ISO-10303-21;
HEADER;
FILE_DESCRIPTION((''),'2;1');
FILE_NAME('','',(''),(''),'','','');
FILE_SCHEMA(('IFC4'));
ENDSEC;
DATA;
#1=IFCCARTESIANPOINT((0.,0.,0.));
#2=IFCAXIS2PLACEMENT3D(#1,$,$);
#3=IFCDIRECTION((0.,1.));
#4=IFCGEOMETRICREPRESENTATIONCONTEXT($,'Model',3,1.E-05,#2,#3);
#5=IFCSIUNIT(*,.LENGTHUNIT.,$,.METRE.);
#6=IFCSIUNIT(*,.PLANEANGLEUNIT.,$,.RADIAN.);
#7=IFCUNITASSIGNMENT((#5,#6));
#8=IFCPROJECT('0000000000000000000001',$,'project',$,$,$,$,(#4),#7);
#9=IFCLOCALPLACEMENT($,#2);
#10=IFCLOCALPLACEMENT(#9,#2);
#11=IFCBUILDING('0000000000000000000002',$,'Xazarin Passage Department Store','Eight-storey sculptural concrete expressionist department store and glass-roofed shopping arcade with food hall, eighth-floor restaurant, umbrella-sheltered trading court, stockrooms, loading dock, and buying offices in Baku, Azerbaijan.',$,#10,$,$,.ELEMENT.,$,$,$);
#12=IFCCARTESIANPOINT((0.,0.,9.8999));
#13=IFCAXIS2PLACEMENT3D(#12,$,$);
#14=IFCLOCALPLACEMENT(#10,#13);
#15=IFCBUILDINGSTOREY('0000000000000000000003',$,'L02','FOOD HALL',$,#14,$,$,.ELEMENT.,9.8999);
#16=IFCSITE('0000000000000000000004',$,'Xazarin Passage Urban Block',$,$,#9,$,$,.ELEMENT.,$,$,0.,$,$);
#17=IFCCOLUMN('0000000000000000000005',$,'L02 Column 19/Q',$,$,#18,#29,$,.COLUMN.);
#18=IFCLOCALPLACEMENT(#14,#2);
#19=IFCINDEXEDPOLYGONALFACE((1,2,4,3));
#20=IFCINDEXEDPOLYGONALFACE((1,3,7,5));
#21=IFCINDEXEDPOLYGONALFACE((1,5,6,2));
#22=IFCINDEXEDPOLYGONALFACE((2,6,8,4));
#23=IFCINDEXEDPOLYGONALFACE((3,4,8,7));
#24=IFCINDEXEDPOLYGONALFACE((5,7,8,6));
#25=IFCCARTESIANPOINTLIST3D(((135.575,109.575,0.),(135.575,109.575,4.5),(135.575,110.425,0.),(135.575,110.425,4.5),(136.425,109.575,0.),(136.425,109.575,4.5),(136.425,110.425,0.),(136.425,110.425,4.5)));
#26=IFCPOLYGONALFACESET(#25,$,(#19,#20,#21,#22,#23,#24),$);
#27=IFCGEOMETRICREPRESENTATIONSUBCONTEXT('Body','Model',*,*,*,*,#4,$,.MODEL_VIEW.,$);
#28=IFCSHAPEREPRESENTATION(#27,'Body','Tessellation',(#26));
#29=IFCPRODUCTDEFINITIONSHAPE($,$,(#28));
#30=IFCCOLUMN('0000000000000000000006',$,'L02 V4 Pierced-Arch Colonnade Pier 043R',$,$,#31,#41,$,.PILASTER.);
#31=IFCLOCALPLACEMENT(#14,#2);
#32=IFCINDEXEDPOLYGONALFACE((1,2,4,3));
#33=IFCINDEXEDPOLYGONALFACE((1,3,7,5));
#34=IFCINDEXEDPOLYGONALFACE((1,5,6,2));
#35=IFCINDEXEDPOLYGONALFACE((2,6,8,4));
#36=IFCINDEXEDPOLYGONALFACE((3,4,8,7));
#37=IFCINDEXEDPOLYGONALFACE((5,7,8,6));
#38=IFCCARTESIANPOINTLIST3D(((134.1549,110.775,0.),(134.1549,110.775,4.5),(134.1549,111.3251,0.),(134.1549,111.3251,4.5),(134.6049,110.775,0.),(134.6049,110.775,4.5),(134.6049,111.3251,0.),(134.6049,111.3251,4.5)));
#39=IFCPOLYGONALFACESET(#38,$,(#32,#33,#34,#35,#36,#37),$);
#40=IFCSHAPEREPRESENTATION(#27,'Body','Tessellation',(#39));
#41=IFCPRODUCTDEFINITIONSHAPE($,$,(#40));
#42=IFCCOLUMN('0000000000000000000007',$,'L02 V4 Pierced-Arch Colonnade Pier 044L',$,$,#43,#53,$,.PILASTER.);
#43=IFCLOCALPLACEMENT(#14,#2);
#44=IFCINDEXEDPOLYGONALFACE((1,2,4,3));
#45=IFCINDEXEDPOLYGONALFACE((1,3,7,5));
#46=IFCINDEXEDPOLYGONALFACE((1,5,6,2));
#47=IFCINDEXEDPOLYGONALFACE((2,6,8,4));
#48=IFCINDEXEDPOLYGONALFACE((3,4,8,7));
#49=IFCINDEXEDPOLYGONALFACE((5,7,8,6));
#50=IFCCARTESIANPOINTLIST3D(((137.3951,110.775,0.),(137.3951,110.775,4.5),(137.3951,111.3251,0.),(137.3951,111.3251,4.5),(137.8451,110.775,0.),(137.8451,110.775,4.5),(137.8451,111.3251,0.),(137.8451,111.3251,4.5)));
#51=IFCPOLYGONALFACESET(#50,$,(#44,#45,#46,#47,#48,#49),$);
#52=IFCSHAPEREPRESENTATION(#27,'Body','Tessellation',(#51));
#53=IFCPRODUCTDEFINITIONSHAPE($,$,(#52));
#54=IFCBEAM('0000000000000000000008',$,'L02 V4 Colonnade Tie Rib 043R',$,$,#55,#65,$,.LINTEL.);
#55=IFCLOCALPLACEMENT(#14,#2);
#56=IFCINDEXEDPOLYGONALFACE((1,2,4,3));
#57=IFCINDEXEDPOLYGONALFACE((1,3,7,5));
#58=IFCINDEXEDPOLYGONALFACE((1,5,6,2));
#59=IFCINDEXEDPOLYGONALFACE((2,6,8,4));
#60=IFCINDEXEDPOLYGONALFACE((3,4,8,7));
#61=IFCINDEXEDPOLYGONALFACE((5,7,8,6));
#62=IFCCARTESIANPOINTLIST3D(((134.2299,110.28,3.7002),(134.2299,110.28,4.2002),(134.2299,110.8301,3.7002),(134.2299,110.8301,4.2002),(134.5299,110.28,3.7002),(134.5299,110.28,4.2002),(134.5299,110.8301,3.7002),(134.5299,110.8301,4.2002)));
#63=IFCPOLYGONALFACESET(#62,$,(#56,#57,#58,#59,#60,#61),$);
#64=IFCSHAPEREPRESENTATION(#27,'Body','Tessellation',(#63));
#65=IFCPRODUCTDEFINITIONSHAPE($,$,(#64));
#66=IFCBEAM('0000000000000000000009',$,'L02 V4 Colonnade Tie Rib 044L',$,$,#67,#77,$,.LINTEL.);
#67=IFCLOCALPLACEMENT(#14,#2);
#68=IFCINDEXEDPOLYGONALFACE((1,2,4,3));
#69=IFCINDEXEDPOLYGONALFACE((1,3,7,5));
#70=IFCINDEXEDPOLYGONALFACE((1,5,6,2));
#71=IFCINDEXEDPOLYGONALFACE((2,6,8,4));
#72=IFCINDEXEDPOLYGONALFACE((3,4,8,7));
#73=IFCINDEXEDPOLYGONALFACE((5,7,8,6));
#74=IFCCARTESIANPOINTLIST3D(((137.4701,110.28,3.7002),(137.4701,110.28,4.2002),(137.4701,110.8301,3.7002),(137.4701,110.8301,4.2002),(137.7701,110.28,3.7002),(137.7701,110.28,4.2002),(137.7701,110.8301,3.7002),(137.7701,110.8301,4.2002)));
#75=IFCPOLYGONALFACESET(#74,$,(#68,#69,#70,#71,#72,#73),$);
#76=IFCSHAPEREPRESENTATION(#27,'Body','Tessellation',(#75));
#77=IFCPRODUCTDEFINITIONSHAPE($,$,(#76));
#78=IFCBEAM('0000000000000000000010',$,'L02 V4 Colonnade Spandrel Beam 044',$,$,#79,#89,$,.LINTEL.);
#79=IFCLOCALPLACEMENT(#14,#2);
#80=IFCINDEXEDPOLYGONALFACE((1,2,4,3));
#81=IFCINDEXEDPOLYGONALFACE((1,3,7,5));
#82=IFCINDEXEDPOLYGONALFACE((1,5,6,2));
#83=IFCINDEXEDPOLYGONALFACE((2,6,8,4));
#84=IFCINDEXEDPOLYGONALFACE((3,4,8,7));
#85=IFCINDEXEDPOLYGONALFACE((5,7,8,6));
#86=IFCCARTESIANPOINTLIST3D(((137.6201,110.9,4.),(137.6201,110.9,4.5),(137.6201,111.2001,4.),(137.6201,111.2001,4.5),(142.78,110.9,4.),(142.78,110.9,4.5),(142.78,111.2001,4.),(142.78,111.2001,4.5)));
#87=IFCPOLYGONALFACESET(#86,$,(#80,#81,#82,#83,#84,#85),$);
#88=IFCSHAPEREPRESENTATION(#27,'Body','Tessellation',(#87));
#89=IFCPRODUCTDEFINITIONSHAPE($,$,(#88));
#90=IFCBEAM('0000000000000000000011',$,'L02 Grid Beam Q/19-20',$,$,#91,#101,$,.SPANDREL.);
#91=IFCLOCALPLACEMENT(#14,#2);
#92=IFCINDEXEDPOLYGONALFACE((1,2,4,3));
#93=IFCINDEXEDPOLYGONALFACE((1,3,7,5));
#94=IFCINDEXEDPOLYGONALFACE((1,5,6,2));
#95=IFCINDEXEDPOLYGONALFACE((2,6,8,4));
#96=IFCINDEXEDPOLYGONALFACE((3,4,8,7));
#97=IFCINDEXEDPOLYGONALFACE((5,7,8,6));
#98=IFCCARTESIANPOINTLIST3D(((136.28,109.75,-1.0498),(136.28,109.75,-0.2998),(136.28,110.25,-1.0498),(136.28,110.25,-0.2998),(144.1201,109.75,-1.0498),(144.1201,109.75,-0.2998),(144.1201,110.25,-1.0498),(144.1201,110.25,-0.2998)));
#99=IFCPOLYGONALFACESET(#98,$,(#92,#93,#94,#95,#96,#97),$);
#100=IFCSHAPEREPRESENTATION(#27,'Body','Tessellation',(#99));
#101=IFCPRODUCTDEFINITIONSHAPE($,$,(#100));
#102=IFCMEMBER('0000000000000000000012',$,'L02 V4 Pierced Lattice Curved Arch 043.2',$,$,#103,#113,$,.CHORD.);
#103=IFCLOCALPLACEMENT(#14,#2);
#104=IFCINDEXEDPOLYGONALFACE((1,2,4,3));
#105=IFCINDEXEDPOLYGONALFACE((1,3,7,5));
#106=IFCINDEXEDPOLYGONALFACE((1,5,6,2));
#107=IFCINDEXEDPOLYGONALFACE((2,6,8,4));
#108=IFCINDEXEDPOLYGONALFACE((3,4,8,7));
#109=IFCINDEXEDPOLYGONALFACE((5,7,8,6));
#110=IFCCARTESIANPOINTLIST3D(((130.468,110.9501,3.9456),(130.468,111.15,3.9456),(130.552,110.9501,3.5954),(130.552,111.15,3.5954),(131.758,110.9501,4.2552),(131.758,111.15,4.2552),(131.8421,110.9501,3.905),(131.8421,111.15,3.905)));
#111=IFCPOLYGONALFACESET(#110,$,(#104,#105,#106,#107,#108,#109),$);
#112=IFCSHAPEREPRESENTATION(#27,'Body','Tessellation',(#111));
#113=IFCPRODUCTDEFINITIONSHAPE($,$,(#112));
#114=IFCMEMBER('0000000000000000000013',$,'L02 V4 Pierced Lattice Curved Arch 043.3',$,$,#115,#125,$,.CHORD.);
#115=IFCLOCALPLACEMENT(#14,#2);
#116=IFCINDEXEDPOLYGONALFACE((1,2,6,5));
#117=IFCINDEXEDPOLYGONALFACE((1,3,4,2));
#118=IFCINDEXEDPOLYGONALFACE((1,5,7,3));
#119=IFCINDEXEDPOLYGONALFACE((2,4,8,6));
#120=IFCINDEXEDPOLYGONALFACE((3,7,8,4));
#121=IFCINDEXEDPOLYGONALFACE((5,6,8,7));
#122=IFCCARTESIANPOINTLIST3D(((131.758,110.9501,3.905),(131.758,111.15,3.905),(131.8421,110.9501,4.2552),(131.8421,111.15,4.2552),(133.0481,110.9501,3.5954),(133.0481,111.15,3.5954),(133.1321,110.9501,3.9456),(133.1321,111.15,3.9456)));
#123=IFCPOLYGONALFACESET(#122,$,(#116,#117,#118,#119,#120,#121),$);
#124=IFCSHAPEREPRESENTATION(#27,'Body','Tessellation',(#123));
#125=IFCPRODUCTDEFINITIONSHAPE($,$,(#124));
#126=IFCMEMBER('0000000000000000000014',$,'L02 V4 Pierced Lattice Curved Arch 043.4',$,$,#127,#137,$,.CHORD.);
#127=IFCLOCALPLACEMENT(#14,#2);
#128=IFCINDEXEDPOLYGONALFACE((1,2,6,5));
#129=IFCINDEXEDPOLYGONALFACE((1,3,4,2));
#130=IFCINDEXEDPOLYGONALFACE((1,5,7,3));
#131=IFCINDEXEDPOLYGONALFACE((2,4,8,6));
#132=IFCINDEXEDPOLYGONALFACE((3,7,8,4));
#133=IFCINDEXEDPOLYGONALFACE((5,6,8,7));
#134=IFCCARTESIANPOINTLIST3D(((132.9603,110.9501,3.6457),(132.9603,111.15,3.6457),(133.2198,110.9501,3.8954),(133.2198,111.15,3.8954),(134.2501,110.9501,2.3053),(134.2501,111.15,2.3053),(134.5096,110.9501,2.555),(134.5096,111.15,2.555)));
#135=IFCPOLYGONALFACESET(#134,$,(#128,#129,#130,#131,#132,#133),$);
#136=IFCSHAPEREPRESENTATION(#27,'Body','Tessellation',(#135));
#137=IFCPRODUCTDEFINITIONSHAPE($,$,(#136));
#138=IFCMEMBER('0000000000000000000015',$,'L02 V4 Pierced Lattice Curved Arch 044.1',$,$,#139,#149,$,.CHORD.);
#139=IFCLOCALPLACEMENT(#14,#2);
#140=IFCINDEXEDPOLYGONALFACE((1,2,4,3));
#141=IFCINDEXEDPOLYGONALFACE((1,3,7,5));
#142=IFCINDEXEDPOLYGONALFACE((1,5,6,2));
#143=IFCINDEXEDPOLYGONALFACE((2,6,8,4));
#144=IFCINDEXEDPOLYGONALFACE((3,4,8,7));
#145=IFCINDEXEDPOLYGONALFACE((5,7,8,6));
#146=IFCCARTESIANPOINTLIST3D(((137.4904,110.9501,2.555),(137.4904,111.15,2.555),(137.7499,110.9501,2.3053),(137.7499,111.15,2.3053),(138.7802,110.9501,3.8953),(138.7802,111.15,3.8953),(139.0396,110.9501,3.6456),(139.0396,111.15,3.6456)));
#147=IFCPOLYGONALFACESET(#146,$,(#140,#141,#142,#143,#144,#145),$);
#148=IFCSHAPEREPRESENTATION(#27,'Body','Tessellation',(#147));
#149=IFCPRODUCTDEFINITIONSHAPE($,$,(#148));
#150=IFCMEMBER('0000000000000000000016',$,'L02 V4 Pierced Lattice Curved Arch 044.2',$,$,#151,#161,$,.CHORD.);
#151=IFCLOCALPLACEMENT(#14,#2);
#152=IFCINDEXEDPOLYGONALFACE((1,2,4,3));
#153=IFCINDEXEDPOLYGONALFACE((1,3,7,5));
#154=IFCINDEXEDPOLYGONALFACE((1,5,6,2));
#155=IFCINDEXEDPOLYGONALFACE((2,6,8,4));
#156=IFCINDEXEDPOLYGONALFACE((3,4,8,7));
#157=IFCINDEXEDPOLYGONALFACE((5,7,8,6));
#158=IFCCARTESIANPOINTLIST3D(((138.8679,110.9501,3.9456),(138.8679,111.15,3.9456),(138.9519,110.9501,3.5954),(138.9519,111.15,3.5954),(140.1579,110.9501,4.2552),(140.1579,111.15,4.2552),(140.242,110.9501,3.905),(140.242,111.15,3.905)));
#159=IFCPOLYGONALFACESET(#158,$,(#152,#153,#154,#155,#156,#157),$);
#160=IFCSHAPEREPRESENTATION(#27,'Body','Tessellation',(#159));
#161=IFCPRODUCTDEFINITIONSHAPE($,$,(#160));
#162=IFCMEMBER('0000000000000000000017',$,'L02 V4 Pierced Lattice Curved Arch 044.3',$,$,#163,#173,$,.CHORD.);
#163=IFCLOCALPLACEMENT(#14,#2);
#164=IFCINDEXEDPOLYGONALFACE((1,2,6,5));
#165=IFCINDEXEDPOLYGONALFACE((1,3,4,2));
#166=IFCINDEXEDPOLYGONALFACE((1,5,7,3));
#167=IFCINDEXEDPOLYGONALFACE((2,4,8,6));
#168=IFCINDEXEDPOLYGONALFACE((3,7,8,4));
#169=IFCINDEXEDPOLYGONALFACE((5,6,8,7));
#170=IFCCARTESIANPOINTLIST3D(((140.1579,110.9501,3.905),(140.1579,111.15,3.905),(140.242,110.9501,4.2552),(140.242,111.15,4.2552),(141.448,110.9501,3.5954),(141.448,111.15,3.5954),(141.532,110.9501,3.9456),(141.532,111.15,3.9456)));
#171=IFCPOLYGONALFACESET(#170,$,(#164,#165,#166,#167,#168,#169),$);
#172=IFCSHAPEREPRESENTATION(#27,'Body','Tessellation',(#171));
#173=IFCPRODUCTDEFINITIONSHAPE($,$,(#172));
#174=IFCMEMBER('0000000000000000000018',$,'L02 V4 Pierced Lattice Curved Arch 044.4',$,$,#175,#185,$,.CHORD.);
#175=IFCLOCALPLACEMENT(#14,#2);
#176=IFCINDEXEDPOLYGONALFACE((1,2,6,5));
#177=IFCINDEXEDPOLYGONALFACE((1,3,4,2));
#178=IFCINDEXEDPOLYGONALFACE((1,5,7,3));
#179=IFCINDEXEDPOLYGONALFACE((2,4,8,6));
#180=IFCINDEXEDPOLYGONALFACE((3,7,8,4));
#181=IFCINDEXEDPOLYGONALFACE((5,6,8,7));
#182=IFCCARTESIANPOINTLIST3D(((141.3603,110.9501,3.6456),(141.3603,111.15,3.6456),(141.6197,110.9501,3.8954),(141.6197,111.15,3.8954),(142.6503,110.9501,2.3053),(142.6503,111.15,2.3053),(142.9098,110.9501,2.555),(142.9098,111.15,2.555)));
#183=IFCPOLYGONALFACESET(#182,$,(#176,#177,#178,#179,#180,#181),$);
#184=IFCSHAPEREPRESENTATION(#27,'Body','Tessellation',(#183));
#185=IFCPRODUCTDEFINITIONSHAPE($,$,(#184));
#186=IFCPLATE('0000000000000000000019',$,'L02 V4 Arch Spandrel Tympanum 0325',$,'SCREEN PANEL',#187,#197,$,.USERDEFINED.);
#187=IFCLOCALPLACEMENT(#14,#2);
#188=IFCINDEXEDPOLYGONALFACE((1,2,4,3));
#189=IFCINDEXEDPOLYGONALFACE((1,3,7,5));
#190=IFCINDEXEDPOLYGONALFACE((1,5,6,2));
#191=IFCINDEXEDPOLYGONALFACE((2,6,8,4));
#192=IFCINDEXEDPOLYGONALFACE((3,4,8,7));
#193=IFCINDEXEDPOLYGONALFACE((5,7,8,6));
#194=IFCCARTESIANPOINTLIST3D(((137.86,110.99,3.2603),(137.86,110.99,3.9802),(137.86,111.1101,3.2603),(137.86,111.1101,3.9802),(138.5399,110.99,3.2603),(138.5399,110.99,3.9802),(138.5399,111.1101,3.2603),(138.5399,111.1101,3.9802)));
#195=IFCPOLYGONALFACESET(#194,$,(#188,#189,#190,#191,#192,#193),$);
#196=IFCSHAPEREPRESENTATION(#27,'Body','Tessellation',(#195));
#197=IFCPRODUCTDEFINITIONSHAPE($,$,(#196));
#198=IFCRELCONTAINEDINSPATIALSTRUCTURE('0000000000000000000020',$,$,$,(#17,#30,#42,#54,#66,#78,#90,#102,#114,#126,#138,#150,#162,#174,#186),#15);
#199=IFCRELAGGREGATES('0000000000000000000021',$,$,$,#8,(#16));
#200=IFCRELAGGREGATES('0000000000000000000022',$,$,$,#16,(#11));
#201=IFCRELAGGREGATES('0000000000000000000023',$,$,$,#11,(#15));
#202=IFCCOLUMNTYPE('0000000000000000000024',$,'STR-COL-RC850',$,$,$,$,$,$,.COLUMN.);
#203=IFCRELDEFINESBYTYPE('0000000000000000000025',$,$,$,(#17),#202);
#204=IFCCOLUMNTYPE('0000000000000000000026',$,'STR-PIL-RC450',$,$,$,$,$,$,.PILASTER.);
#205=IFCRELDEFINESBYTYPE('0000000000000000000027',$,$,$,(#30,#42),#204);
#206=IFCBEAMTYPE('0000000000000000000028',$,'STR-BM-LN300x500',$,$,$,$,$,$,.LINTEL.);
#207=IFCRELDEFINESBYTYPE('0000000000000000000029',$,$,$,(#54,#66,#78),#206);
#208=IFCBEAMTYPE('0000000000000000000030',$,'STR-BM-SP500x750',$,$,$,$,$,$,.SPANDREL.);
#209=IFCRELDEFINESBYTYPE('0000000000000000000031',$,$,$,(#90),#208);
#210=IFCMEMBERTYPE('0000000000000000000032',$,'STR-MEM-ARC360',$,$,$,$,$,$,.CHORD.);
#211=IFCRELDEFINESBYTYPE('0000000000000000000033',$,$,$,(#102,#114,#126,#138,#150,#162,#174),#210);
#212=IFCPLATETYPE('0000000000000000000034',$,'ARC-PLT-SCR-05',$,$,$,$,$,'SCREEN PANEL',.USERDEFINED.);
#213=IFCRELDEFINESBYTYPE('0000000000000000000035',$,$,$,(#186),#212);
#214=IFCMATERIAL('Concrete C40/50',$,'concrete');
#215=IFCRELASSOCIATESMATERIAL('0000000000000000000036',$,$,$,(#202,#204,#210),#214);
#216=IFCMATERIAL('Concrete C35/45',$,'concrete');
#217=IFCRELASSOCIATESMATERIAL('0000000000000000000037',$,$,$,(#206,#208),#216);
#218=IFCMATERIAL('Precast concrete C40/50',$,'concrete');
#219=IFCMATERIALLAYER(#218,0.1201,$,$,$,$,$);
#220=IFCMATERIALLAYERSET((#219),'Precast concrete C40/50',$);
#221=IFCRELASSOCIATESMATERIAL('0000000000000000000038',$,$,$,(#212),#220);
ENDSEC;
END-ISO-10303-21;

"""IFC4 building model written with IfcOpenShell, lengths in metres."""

from ifc_helpers import new_model, si_unit, direction, frame, origin, origin_2d, place, context, subcontext, project, spatial, rectangle, extrude, material, layer, layer_set, material_profile, profile_set, type_object, element, save


model = new_model("IFC4")

# Units and contexts
model_context = context("Model", 3, precision=1e-05, world=origin(), true_north=direction((0.0, 1.0)))
body_context = subcontext(model_context, "Body", "Model", "MODEL_VIEW")
ifc_project = project(units=[si_unit("LENGTHUNIT", "METRE"), si_unit("PLANEANGLEUNIT", "RADIAN")], contexts=[model_context])

# Site, building, storey
site_placement = place(None, origin())
site = spatial("IfcSite", under=ifc_project, at=site_placement, Name="Xazarin Passage Urban Block", CompositionType="ELEMENT", RefElevation=0.0)
building_placement = place(site_placement, origin())
building = spatial("IfcBuilding", under=site, at=building_placement, Name="Xazarin Passage Department Store", Description="Eight-storey sculptural concrete expressionist department store and glass-roofed shopping arcade with food hall, eighth-floor restaurant, umbrella-sheltered trading court, stockrooms, loading dock, and buying offices in Baku, Azerbaijan.", CompositionType="ELEMENT")
storey_placement = place(building_placement, frame((0.0, 0.0, 9.8999)))
storey = spatial("IfcBuildingStorey", under=building, at=storey_placement, Name="L02", Description="FOOD HALL", CompositionType="ELEMENT", Elevation=9.8999)

# Columns
ifc_material_1 = material(Name="Concrete C40/50", Category="concrete")
ifc_material_profile_1 = material_profile(ifc_material_1, rectangle(XDim=0.8501, YDim=0.8501, at=origin_2d()), Name="RC 850x850")
ifc_profile_set_1 = profile_set([ifc_material_profile_1], Name="Concrete C40/50")
column_type_1 = type_object("IfcColumnType", Name="STR-COL-RC850", PredefinedType="COLUMN", material=ifc_profile_set_1)
column_placement = place(storey_placement, frame((136.0, 110.0, 0.0), z_axis=(0.0, 0.0, 1.0), x_axis=(1.0, 0.0, 0.0)))
element("IfcColumn", 1, at=column_placement, inside=storey, type_object=column_type_1, Name="L02 Column 19/Q", PredefinedType="COLUMN", context=body_context, shape_type="SweptSolid", body=[
    extrude(rectangle(XDim=0.8501, YDim=0.8501, at=origin_2d()), origin(), (0.0, 0.0, 1.0), 4.5),
])
ifc_material_profile_2 = material_profile(ifc_material_1, rectangle(XDim=0.45, YDim=0.55, at=origin_2d()), Name="RC 450x550")
ifc_profile_set_2 = profile_set([ifc_material_profile_2], Name="Concrete C40/50")
column_type_2 = type_object("IfcColumnType", Name="STR-PIL-RC450", PredefinedType="PILASTER", material=ifc_profile_set_2)
for number, where, z_axis, x_axis, name in (
    (2, (134.3799, 111.05, 0.0), (0.0, 0.0, 1.0), (1.0, 0.0, 0.0), "L02 V4 Pierced-Arch Colonnade Pier 043R"),
    (3, (137.6201, 111.05, 0.0), (0.0, 0.0, 1.0), (1.0, 0.0, 0.0), "L02 V4 Pierced-Arch Colonnade Pier 044L"),
):
    element("IfcColumn", number, at=place(storey_placement, frame(where, z_axis=z_axis, x_axis=x_axis)), inside=storey, type_object=column_type_2, Name=name, PredefinedType="PILASTER", context=body_context, shape_type="SweptSolid", body=[
        extrude(rectangle(XDim=0.45, YDim=0.55, at=origin_2d()), origin(), (0.0, 0.0, 1.0), 4.5),
    ])

# Beams
ifc_material_2 = material(Name="Concrete C35/45", Category="concrete")
ifc_material_profile_3 = material_profile(ifc_material_2, rectangle(XDim=0.3, YDim=0.5, at=origin_2d()), Name="RC 300x500")
ifc_profile_set_3 = profile_set([ifc_material_profile_3], Name="Concrete C35/45")
beam_type_1 = type_object("IfcBeamType", Name="STR-BM-LN300x500", PredefinedType="LINTEL", material=ifc_profile_set_3)
for number, where, z_axis, x_axis, name in (
    (4, (134.3799, 110.28, 3.9502), (0.0, 1.0, 0.0), (-1.0, 0.0, 0.0), "L02 V4 Colonnade Tie Rib 043R"),
    (5, (137.6201, 110.28, 3.9502), (0.0, 1.0, 0.0), (-1.0, 0.0, 0.0), "L02 V4 Colonnade Tie Rib 044L"),
):
    element("IfcBeam", number, at=place(storey_placement, frame(where, z_axis=z_axis, x_axis=x_axis)), inside=storey, type_object=beam_type_1, Name=name, PredefinedType="LINTEL", context=body_context, shape_type="SweptSolid", body=[
        extrude(rectangle(XDim=0.3, YDim=0.5, at=origin_2d()), origin(), (0.0, 0.0, 1.0), 0.55),
    ])
beam_1_placement = place(storey_placement, frame((137.6201, 111.05, 4.25), z_axis=(1.0, 0.0, 0.0), x_axis=(0.0, 1.0, 0.0)))
element("IfcBeam", 6, at=beam_1_placement, inside=storey, type_object=beam_type_1, Name="L02 V4 Colonnade Spandrel Beam 044", PredefinedType="LINTEL", context=body_context, shape_type="SweptSolid", body=[
    extrude(rectangle(XDim=0.3, YDim=0.5, at=origin_2d()), origin(), (0.0, 0.0, 1.0), 5.1599),
])
ifc_material_profile_4 = material_profile(ifc_material_2, rectangle(XDim=0.5, YDim=0.75, at=origin_2d()), Name="RC 500x750")
ifc_profile_set_4 = profile_set([ifc_material_profile_4], Name="Concrete C35/45")
beam_type_2 = type_object("IfcBeamType", Name="STR-BM-SP500x750", PredefinedType="SPANDREL", material=ifc_profile_set_4)
beam_2_placement = place(storey_placement, frame((136.28, 110.0, -0.6748), z_axis=(1.0, 0.0, 0.0), x_axis=(0.0, 1.0, 0.0)))
element("IfcBeam", 7, at=beam_2_placement, inside=storey, type_object=beam_type_2, Name="L02 Grid Beam Q/19-20", PredefinedType="SPANDREL", context=body_context, shape_type="SweptSolid", body=[
    extrude(rectangle(XDim=0.5, YDim=0.75, at=origin_2d()), origin(), (0.0, 0.0, 1.0), 7.8401),
])

# Members
ifc_material_profile_5 = material_profile(ifc_material_1, rectangle(XDim=0.2, YDim=0.3601, at=origin_2d()), Name="RC 200x360")
ifc_profile_set_5 = profile_set([ifc_material_profile_5], Name="Concrete C40/50")
member_type = type_object("IfcMemberType", Name="STR-MEM-ARC360", PredefinedType="CHORD", material=ifc_profile_set_5)
for number, where, z_axis, x_axis, name in (
    (8, (130.51, 111.05, 3.7705), (0.972394, 0.0, 0.233345), (0.0, 1.0, 0.0), "L02 V4 Pierced Lattice Curved Arch 043.2"),
    (9, (131.8, 111.05, 4.0801), (0.972394, 0.0, -0.233345), (0.0, 1.0, 0.0), "L02 V4 Pierced Lattice Curved Arch 043.3"),
):
    element("IfcMember", number, at=place(storey_placement, frame(where, z_axis=z_axis, x_axis=x_axis)), inside=storey, type_object=member_type, Name=name, PredefinedType="CHORD", context=body_context, shape_type="SweptSolid", body=[
        extrude(rectangle(XDim=0.2, YDim=0.3601, at=origin_2d()), origin(), (0.0, 0.0, 1.0), 1.3267),
    ])
for number, where, z_axis, x_axis, name in (
    (10, (133.0901, 111.05, 3.7705), (0.693392, 0.0, -0.720561), (0.0, 1.0, 0.0), "L02 V4 Pierced Lattice Curved Arch 043.4"),
    (11, (137.6201, 111.05, 2.4302), (0.693392, 0.0, 0.720561), (0.0, 1.0, 0.0), "L02 V4 Pierced Lattice Curved Arch 044.1"),
):
    element("IfcMember", number, at=place(storey_placement, frame(where, z_axis=z_axis, x_axis=x_axis)), inside=storey, type_object=member_type, Name=name, PredefinedType="CHORD", context=body_context, shape_type="SweptSolid", body=[
        extrude(rectangle(XDim=0.2, YDim=0.3601, at=origin_2d()), origin(), (0.0, 0.0, 1.0), 1.8601),
    ])
for number, where, z_axis, x_axis, name in (
    (12, (138.9099, 111.05, 3.7705), (0.972394, 0.0, 0.233345), (0.0, 1.0, 0.0), "L02 V4 Pierced Lattice Curved Arch 044.2"),
    (13, (140.2, 111.05, 4.0801), (0.972394, 0.0, -0.233345), (0.0, 1.0, 0.0), "L02 V4 Pierced Lattice Curved Arch 044.3"),
):
    element("IfcMember", number, at=place(storey_placement, frame(where, z_axis=z_axis, x_axis=x_axis)), inside=storey, type_object=member_type, Name=name, PredefinedType="CHORD", context=body_context, shape_type="SweptSolid", body=[
        extrude(rectangle(XDim=0.2, YDim=0.3601, at=origin_2d()), origin(), (0.0, 0.0, 1.0), 1.3267),
    ])
member_placement = place(storey_placement, frame((141.49, 111.05, 3.7705), z_axis=(0.69346, 0.0, -0.720495), x_axis=(0.0, 1.0, 0.0)))
element("IfcMember", 14, at=member_placement, inside=storey, type_object=member_type, Name="L02 V4 Pierced Lattice Curved Arch 044.4", PredefinedType="CHORD", context=body_context, shape_type="SweptSolid", body=[
    extrude(rectangle(XDim=0.2, YDim=0.3601, at=origin_2d()), origin(), (0.0, 0.0, 1.0), 1.8604),
])

# Plate
ifc_material_3 = material(Name="Precast concrete C40/50", Category="concrete")
ifc_layer_1 = layer(ifc_material_3, 0.1201)
ifc_layer_set_1 = layer_set([ifc_layer_1], Name="Precast concrete C40/50")
plate_type_1 = type_object("IfcPlateType", Name="ARC-PLT-SCR-05", ElementType="SCREEN PANEL", PredefinedType="USERDEFINED", material=ifc_layer_set_1)
plate_placement = place(storey_placement, frame((138.2, 111.05, 3.2603), z_axis=(0.0, 0.0, 1.0), x_axis=(1.0, 0.0, 0.0)))
element("IfcPlate", 15, at=plate_placement, inside=storey, type_object=plate_type_1, Name="L02 V4 Arch Spandrel Tympanum 0325", ObjectType="SCREEN PANEL", PredefinedType="USERDEFINED", context=body_context, shape_type="SweptSolid", body=[
    extrude(rectangle(XDim=0.6799, YDim=0.1201, at=origin_2d()), origin(), (0.0, 0.0, 1.0), 0.72),
])

save(model, "model.ifc")
